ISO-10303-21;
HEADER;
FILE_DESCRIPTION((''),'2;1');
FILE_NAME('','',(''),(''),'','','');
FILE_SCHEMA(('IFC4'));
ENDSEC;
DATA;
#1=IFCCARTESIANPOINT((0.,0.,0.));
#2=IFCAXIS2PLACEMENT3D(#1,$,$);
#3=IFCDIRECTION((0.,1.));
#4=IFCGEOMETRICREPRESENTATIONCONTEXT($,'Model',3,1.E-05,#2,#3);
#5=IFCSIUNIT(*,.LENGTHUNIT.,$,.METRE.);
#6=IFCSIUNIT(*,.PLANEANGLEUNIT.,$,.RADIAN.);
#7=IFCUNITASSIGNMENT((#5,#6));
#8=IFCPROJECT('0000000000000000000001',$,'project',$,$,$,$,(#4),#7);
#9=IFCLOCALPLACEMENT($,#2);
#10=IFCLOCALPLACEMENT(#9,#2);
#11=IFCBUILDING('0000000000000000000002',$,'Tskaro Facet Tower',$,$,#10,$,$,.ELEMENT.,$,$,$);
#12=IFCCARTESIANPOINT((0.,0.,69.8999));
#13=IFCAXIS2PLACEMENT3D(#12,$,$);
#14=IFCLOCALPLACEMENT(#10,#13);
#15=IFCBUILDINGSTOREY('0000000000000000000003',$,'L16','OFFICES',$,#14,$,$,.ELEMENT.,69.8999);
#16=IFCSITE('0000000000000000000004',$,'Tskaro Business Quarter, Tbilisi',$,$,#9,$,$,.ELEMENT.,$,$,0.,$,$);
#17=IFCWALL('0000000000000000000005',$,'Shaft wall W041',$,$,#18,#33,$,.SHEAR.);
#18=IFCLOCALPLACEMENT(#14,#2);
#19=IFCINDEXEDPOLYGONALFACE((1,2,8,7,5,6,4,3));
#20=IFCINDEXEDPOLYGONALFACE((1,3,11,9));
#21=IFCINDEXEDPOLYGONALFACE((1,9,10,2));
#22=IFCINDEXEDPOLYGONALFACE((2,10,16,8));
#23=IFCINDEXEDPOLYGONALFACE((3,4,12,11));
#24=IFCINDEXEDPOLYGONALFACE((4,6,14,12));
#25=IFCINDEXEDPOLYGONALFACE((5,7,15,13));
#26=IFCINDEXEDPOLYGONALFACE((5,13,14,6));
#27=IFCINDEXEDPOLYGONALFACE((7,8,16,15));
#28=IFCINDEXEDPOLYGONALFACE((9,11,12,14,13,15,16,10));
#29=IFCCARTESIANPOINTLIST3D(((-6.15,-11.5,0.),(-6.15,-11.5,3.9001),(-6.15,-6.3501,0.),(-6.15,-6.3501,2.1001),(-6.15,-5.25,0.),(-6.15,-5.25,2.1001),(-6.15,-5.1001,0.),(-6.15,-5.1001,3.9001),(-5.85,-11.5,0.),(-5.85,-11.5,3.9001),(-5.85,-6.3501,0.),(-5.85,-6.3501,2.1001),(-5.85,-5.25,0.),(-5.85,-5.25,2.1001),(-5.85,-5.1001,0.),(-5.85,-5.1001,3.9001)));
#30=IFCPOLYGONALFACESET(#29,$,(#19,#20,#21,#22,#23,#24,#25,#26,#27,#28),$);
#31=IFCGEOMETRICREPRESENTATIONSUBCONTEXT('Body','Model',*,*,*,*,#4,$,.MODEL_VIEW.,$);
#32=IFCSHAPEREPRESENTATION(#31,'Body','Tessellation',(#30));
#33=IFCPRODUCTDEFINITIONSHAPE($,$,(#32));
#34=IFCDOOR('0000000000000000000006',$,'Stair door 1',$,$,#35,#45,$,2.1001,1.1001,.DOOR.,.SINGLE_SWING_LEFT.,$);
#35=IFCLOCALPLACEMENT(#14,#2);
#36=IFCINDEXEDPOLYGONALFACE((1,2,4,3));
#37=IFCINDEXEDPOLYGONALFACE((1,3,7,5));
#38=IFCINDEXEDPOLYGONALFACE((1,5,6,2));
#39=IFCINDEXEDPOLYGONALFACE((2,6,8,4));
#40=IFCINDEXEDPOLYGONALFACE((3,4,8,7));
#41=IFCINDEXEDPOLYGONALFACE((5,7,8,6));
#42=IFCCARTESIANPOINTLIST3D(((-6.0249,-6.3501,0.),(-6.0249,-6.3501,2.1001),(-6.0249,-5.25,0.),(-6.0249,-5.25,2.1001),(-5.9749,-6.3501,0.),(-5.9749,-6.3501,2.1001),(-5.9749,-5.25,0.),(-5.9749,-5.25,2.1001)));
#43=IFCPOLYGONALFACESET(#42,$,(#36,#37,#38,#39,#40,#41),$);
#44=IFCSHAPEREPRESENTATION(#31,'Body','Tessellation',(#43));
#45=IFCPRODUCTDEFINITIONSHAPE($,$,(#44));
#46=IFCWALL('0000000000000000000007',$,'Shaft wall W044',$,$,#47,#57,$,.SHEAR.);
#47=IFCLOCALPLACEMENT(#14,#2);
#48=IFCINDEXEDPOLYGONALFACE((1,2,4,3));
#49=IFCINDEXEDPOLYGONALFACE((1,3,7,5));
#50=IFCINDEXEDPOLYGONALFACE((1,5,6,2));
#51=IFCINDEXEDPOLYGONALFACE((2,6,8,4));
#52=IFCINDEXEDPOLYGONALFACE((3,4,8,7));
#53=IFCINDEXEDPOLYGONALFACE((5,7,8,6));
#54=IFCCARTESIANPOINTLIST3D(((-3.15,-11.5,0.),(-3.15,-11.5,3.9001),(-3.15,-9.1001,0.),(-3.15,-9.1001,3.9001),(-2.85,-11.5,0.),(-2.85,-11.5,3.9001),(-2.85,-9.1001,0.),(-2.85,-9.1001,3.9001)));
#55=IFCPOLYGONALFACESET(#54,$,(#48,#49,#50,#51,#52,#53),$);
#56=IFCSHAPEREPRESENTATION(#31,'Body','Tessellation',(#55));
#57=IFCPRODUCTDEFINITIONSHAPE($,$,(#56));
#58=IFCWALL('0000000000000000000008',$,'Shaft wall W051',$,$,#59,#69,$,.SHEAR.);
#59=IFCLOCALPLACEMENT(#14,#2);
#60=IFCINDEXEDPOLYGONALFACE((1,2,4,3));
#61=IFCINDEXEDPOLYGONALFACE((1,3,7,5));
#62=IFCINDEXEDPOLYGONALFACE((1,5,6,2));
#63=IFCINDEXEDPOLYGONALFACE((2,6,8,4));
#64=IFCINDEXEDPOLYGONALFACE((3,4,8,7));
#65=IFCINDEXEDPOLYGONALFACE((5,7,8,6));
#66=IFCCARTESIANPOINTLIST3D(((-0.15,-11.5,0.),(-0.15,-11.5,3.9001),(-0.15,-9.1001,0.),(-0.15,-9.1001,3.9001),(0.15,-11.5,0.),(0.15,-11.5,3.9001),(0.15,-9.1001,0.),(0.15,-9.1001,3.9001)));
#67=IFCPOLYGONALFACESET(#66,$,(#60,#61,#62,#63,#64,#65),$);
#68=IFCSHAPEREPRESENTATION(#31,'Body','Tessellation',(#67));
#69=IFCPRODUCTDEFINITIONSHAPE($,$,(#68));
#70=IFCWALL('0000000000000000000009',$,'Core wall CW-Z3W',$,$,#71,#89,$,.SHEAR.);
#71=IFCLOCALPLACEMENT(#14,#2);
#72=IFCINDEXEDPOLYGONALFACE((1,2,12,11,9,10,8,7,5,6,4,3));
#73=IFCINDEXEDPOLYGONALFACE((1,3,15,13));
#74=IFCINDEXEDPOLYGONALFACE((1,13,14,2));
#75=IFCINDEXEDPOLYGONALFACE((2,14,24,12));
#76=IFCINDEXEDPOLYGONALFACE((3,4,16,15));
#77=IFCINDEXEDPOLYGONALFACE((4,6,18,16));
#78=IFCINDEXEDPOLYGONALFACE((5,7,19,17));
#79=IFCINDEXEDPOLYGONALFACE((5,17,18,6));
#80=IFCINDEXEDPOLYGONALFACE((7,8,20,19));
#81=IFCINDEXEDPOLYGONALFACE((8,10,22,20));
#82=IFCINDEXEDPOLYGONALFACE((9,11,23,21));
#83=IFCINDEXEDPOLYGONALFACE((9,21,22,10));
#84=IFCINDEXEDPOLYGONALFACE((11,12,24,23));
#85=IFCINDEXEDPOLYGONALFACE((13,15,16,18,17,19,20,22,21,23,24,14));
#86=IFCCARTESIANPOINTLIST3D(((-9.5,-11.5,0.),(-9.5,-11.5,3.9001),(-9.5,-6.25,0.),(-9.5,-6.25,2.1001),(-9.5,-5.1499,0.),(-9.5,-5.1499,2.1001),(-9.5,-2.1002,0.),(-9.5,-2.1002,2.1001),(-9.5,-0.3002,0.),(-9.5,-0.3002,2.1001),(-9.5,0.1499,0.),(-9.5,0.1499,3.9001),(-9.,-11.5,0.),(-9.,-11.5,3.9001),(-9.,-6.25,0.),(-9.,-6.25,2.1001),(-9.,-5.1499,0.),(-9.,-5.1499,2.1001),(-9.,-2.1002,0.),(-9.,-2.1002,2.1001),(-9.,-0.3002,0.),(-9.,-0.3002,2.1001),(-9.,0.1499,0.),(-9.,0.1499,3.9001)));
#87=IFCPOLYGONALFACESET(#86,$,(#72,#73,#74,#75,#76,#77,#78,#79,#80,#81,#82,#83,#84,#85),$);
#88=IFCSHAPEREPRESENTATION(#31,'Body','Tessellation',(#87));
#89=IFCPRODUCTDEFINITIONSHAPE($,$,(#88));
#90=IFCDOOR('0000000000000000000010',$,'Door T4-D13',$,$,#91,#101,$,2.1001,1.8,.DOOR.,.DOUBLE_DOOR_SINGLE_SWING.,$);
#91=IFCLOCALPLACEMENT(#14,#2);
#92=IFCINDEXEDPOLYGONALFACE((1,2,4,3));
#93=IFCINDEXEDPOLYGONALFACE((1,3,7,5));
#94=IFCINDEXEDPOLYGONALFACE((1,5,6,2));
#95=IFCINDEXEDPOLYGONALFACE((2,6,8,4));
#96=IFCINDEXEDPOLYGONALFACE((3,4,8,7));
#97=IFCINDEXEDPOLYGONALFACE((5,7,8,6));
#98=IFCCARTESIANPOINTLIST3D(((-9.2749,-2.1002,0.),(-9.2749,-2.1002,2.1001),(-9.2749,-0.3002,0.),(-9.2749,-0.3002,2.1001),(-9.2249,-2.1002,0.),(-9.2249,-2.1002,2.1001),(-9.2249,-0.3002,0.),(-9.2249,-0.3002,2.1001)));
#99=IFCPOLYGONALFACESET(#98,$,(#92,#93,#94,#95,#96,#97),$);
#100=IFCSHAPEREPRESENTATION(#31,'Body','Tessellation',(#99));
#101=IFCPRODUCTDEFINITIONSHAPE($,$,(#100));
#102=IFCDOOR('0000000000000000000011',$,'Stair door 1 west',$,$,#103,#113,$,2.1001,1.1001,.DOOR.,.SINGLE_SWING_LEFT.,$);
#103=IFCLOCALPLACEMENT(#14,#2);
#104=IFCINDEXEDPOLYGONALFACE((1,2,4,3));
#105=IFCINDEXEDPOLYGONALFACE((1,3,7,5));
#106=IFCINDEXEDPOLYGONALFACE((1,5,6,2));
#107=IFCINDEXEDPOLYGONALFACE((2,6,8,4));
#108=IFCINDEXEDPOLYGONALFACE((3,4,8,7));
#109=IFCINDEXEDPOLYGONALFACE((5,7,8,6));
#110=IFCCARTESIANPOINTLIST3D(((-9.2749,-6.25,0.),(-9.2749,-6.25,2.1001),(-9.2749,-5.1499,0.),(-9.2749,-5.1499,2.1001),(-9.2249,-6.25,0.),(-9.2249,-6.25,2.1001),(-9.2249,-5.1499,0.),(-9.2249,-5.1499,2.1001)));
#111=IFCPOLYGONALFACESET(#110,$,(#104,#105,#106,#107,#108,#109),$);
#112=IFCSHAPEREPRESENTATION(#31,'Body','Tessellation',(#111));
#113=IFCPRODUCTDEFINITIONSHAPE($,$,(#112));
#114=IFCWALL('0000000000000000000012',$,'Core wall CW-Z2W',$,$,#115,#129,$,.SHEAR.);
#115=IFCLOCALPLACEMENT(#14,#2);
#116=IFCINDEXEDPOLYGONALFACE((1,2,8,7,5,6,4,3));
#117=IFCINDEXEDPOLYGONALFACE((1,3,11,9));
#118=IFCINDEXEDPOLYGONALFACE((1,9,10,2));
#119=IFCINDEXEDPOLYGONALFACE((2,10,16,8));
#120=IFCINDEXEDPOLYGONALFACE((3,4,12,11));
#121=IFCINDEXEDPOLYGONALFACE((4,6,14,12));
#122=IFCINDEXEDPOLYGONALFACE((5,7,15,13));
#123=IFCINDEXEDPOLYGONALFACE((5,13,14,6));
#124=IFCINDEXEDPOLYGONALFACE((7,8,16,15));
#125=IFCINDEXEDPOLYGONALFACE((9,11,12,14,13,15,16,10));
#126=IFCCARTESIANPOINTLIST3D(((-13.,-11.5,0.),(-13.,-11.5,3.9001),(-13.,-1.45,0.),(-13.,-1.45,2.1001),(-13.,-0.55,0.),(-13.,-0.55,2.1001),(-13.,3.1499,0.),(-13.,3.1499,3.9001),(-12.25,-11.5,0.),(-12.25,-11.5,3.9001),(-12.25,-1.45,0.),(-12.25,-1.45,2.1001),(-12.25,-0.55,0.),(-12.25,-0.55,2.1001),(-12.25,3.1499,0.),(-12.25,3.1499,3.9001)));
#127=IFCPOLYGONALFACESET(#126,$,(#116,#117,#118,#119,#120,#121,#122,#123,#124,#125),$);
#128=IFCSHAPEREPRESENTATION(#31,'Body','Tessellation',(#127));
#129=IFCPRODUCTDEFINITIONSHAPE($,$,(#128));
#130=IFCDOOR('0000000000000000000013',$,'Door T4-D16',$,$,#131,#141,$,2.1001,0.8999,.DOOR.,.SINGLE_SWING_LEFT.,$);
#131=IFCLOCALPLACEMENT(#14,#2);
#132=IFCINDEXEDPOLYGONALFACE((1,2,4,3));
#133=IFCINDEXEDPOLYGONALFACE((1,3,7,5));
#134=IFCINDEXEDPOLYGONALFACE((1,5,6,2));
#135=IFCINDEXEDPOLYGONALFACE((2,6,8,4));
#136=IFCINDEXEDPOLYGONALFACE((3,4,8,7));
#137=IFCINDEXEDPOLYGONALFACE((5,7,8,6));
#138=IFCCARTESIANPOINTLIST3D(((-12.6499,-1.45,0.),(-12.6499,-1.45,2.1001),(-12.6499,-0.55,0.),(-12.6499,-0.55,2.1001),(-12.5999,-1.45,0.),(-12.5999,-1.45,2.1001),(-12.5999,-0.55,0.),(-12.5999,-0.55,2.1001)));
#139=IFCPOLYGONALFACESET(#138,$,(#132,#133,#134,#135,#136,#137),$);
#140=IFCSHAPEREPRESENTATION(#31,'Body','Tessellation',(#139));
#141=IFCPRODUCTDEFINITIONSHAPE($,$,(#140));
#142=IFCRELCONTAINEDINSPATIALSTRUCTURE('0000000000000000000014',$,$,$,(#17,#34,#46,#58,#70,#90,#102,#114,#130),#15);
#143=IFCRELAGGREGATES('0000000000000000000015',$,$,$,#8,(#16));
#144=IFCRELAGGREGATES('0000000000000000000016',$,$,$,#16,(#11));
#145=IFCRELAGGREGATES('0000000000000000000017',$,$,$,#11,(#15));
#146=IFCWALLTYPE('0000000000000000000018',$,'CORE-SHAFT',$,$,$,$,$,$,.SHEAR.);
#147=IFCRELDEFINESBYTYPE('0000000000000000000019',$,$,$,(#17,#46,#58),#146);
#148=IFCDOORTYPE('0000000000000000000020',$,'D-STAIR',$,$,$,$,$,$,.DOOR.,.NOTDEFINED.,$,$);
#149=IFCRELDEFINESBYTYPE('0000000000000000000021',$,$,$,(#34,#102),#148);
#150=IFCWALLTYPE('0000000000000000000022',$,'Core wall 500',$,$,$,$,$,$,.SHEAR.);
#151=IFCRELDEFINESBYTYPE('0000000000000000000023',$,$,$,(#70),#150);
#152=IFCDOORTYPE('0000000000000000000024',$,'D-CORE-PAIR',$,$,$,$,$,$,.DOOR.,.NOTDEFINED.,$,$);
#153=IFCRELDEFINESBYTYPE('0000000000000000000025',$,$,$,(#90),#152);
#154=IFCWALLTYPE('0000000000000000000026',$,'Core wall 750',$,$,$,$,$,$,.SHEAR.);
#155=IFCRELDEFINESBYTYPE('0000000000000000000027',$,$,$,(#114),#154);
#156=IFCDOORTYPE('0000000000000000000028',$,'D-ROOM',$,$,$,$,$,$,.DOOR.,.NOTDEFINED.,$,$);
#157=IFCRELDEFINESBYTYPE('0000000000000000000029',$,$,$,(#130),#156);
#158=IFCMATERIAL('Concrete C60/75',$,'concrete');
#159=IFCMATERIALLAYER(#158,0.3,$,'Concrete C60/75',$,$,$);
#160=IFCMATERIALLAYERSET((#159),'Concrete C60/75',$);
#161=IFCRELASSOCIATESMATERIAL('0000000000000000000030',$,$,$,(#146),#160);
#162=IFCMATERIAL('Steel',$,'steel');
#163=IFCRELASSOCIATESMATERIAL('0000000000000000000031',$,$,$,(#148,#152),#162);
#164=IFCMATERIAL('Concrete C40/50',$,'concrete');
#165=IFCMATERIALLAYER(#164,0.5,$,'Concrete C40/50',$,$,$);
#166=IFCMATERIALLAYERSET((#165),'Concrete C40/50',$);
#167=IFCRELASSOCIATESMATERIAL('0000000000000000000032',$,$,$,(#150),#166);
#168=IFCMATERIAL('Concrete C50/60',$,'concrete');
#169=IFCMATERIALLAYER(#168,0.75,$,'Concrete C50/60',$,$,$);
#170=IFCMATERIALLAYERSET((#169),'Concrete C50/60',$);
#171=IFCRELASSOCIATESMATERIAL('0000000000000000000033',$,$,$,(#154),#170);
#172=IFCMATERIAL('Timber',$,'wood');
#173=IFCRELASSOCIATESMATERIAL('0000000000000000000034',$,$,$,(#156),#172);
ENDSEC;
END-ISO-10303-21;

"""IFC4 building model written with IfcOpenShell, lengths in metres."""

from ifc_helpers import new_model, si_unit, direction, frame, frame_2d, origin, place, context, subcontext, project, spatial, rectangle, extrude, material, layer, layer_set, type_object, element, fill, save


model = new_model("IFC4")

# Units and contexts
model_context = context("Model", 3, precision=1e-05, world=origin(), true_north=direction((0.0, 1.0)))
body_context = subcontext(model_context, "Body", "Model", "MODEL_VIEW")
ifc_project = project(units=[si_unit("LENGTHUNIT", "METRE"), si_unit("PLANEANGLEUNIT", "RADIAN")], contexts=[model_context])

# Site, building, storey
site_placement = place(None, origin())
site = spatial("IfcSite", under=ifc_project, at=site_placement, Name="Tskaro Business Quarter, Tbilisi", CompositionType="ELEMENT", RefElevation=0.0)
building_placement = place(site_placement, origin())
building = spatial("IfcBuilding", under=site, at=building_placement, Name="Tskaro Facet Tower", CompositionType="ELEMENT")
storey_placement = place(building_placement, frame((0.0, 0.0, 69.8999)))
storey = spatial("IfcBuildingStorey", under=building, at=storey_placement, Name="L16", Description="OFFICES", CompositionType="ELEMENT", Elevation=69.8999)

# Shared definitions
ifc_material_1 = material(Name="Concrete C60/75", Category="concrete")
ifc_layer_1 = layer(ifc_material_1, 0.3, Name="Concrete C60/75")
ifc_layer_set_1 = layer_set([ifc_layer_1], Name="Concrete C60/75")
wall_type_1 = type_object("IfcWallType", Name="CORE-SHAFT", PredefinedType="SHEAR", material=ifc_layer_set_1)

# Wall, opening, door
wall_1_placement = place(storey_placement, frame((-6.0, -11.5, 0.0), z_axis=(0.0, 0.0, 1.0), x_axis=(0.0, 1.0, 0.0)))
wall_1 = element("IfcWall", 1, at=wall_1_placement, inside=storey, type_object=wall_type_1, Name="Shaft wall W041", PredefinedType="SHEAR", context=body_context, shape_type="SweptSolid", body=[
    extrude(rectangle(XDim=6.3999, YDim=0.3, at=frame_2d((3.2, 0.0))), origin(), (0.0, 0.0, 1.0), 3.9001),
])
opening_1_placement = place(wall_1_placement, frame((5.1499, 0.0, 0.0)))
opening_1 = element("IfcOpeningElement", 2, at=opening_1_placement, cuts=wall_1, PredefinedType="OPENING", context=body_context, shape_type="SweptSolid", body=[
    extrude(rectangle(XDim=1.1001, YDim=2.1001, at=frame_2d((0.55, 1.05))), frame((0.0, 0.1599, 0.0), z_axis=(0.0, -1.0, 0.0), x_axis=(1.0, 0.0, 0.0)), (0.0, 0.0, 1.0), 0.3201),
])
ifc_material_2 = material(Name="Steel", Category="steel")
door_type_1 = type_object("IfcDoorType", Name="D-STAIR", OperationType="NOTDEFINED", PredefinedType="DOOR", material=ifc_material_2)
door_1_placement = place(opening_1_placement, origin())
door_1 = element("IfcDoor", 3, at=door_1_placement, inside=storey, type_object=door_type_1, Name="Stair door 1", OperationType="SINGLE_SWING_LEFT", OverallHeight=2.1001, OverallWidth=1.1001, PredefinedType="DOOR", context=body_context, shape_type="SweptSolid", body=[
    extrude(rectangle(XDim=1.1001, YDim=2.1001, at=frame_2d((0.55, 1.05))), frame((0.0, 0.0249, 0.0), z_axis=(0.0, -1.0, 0.0), x_axis=(1.0, 0.0, 0.0)), (0.0, 0.0, 1.0), 0.05),
])
fill(opening_1, door_1)

# Walls
for number, where, z_axis, x_axis, name in (
    (4, (-3.0, -11.5, 0.0), (0.0, 0.0, 1.0), (0.0, 1.0, 0.0), "Shaft wall W044"),
    (5, (0.0, -11.5, 0.0), (0.0, 0.0, 1.0), (0.0, 1.0, 0.0), "Shaft wall W051"),
):
    element("IfcWall", number, at=place(storey_placement, frame(where, z_axis=z_axis, x_axis=x_axis)), inside=storey, type_object=wall_type_1, Name=name, PredefinedType="SHEAR", context=body_context, shape_type="SweptSolid", body=[
        extrude(rectangle(XDim=2.3999, YDim=0.3, at=frame_2d((1.2, 0.0))), origin(), (0.0, 0.0, 1.0), 3.9001),
    ])

# Wall, openings, doors
ifc_material_3 = material(Name="Concrete C40/50", Category="concrete")
ifc_layer_2 = layer(ifc_material_3, 0.5, Name="Concrete C40/50")
ifc_layer_set_2 = layer_set([ifc_layer_2], Name="Concrete C40/50")
wall_type_2 = type_object("IfcWallType", Name="Core wall 500", PredefinedType="SHEAR", material=ifc_layer_set_2)
wall_2_placement = place(storey_placement, frame((-9.25, -11.5, 0.0), z_axis=(0.0, 0.0, 1.0), x_axis=(0.0, 1.0, 0.0)))
wall_2 = element("IfcWall", 6, at=wall_2_placement, inside=storey, type_object=wall_type_2, Name="Core wall CW-Z3W", PredefinedType="SHEAR", context=body_context, shape_type="SweptSolid", body=[
    extrude(rectangle(XDim=11.6499, YDim=0.5, at=frame_2d((5.825, 0.0))), origin(), (0.0, 0.0, 1.0), 3.9001),
])
opening_2_placement = place(wall_2_placement, frame((9.3999, 0.0, 0.0)))
opening_2 = element("IfcOpeningElement", 7, at=opening_2_placement, cuts=wall_2, PredefinedType="OPENING", context=body_context, shape_type="SweptSolid", body=[
    extrude(rectangle(XDim=1.8, YDim=2.1001, at=frame_2d((0.8999, 1.05))), frame((0.0, 0.26, 0.0), z_axis=(0.0, -1.0, 0.0), x_axis=(1.0, 0.0, 0.0)), (0.0, 0.0, 1.0), 0.52),
])
opening_3_placement = place(wall_2_placement, frame((5.25, 0.0, 0.0)))
opening_3 = element("IfcOpeningElement", 8, at=opening_3_placement, cuts=wall_2, PredefinedType="OPENING", context=body_context, shape_type="SweptSolid", body=[
    extrude(rectangle(XDim=1.1001, YDim=2.1001, at=frame_2d((0.55, 1.05))), frame((0.0, 0.26, 0.0), z_axis=(0.0, -1.0, 0.0), x_axis=(1.0, 0.0, 0.0)), (0.0, 0.0, 1.0), 0.52),
])
door_type_2 = type_object("IfcDoorType", Name="D-CORE-PAIR", OperationType="NOTDEFINED", PredefinedType="DOOR", material=ifc_material_2)
door_2_placement = place(opening_2_placement, origin())
door_2 = element("IfcDoor", 9, at=door_2_placement, inside=storey, type_object=door_type_2, Name="Door T4-D13", OperationType="DOUBLE_DOOR_SINGLE_SWING", OverallHeight=2.1001, OverallWidth=1.8, PredefinedType="DOOR", context=body_context, shape_type="SweptSolid", body=[
    extrude(rectangle(XDim=1.8, YDim=2.1001, at=frame_2d((0.8999, 1.05))), frame((0.0, 0.0249, 0.0), z_axis=(0.0, -1.0, 0.0), x_axis=(1.0, 0.0, 0.0)), (0.0, 0.0, 1.0), 0.05),
])
fill(opening_2, door_2)
door_3_placement = place(opening_3_placement, origin())
door_3 = element("IfcDoor", 10, at=door_3_placement, inside=storey, type_object=door_type_1, Name="Stair door 1 west", OperationType="SINGLE_SWING_LEFT", OverallHeight=2.1001, OverallWidth=1.1001, PredefinedType="DOOR", context=body_context, shape_type="SweptSolid", body=[
    extrude(rectangle(XDim=1.1001, YDim=2.1001, at=frame_2d((0.55, 1.05))), frame((0.0, 0.0249, 0.0), z_axis=(0.0, -1.0, 0.0), x_axis=(1.0, 0.0, 0.0)), (0.0, 0.0, 1.0), 0.05),
])
fill(opening_3, door_3)

# Wall, opening, door
ifc_material_4 = material(Name="Concrete C50/60", Category="concrete")
ifc_layer_3 = layer(ifc_material_4, 0.75, Name="Concrete C50/60")
ifc_layer_set_3 = layer_set([ifc_layer_3], Name="Concrete C50/60")
wall_type_3 = type_object("IfcWallType", Name="Core wall 750", PredefinedType="SHEAR", material=ifc_layer_set_3)
wall_3_placement = place(storey_placement, frame((-12.625, -11.5, 0.0), z_axis=(0.0, 0.0, 1.0), x_axis=(0.0, 1.0, 0.0)))
wall_3 = element("IfcWall", 11, at=wall_3_placement, inside=storey, type_object=wall_type_3, Name="Core wall CW-Z2W", PredefinedType="SHEAR", context=body_context, shape_type="SweptSolid", body=[
    extrude(rectangle(XDim=14.6499, YDim=0.75, at=frame_2d((7.325, 0.0))), origin(), (0.0, 0.0, 1.0), 3.9001),
])
opening_4_placement = place(wall_3_placement, frame((10.05, 0.0, 0.0)))
opening_4 = element("IfcOpeningElement", 12, at=opening_4_placement, cuts=wall_3, PredefinedType="OPENING", context=body_context, shape_type="SweptSolid", body=[
    extrude(rectangle(XDim=0.8999, YDim=2.1001, at=frame_2d((0.45, 1.05))), frame((0.0, 0.385, 0.0), z_axis=(0.0, -1.0, 0.0), x_axis=(1.0, 0.0, 0.0)), (0.0, 0.0, 1.0), 0.77),
])
ifc_material_5 = material(Name="Timber", Category="wood")
door_type_3 = type_object("IfcDoorType", Name="D-ROOM", OperationType="NOTDEFINED", PredefinedType="DOOR", material=ifc_material_5)
door_4_placement = place(opening_4_placement, origin())
door_4 = element("IfcDoor", 13, at=door_4_placement, inside=storey, type_object=door_type_3, Name="Door T4-D16", OperationType="SINGLE_SWING_LEFT", OverallHeight=2.1001, OverallWidth=0.8999, PredefinedType="DOOR", context=body_context, shape_type="SweptSolid", body=[
    extrude(rectangle(XDim=0.8999, YDim=2.1001, at=frame_2d((0.45, 1.05))), frame((0.0, 0.0249, 0.0), z_axis=(0.0, -1.0, 0.0), x_axis=(1.0, 0.0, 0.0)), (0.0, 0.0, 1.0), 0.05),
])
fill(opening_4, door_4)

save(model, "model.ifc")
